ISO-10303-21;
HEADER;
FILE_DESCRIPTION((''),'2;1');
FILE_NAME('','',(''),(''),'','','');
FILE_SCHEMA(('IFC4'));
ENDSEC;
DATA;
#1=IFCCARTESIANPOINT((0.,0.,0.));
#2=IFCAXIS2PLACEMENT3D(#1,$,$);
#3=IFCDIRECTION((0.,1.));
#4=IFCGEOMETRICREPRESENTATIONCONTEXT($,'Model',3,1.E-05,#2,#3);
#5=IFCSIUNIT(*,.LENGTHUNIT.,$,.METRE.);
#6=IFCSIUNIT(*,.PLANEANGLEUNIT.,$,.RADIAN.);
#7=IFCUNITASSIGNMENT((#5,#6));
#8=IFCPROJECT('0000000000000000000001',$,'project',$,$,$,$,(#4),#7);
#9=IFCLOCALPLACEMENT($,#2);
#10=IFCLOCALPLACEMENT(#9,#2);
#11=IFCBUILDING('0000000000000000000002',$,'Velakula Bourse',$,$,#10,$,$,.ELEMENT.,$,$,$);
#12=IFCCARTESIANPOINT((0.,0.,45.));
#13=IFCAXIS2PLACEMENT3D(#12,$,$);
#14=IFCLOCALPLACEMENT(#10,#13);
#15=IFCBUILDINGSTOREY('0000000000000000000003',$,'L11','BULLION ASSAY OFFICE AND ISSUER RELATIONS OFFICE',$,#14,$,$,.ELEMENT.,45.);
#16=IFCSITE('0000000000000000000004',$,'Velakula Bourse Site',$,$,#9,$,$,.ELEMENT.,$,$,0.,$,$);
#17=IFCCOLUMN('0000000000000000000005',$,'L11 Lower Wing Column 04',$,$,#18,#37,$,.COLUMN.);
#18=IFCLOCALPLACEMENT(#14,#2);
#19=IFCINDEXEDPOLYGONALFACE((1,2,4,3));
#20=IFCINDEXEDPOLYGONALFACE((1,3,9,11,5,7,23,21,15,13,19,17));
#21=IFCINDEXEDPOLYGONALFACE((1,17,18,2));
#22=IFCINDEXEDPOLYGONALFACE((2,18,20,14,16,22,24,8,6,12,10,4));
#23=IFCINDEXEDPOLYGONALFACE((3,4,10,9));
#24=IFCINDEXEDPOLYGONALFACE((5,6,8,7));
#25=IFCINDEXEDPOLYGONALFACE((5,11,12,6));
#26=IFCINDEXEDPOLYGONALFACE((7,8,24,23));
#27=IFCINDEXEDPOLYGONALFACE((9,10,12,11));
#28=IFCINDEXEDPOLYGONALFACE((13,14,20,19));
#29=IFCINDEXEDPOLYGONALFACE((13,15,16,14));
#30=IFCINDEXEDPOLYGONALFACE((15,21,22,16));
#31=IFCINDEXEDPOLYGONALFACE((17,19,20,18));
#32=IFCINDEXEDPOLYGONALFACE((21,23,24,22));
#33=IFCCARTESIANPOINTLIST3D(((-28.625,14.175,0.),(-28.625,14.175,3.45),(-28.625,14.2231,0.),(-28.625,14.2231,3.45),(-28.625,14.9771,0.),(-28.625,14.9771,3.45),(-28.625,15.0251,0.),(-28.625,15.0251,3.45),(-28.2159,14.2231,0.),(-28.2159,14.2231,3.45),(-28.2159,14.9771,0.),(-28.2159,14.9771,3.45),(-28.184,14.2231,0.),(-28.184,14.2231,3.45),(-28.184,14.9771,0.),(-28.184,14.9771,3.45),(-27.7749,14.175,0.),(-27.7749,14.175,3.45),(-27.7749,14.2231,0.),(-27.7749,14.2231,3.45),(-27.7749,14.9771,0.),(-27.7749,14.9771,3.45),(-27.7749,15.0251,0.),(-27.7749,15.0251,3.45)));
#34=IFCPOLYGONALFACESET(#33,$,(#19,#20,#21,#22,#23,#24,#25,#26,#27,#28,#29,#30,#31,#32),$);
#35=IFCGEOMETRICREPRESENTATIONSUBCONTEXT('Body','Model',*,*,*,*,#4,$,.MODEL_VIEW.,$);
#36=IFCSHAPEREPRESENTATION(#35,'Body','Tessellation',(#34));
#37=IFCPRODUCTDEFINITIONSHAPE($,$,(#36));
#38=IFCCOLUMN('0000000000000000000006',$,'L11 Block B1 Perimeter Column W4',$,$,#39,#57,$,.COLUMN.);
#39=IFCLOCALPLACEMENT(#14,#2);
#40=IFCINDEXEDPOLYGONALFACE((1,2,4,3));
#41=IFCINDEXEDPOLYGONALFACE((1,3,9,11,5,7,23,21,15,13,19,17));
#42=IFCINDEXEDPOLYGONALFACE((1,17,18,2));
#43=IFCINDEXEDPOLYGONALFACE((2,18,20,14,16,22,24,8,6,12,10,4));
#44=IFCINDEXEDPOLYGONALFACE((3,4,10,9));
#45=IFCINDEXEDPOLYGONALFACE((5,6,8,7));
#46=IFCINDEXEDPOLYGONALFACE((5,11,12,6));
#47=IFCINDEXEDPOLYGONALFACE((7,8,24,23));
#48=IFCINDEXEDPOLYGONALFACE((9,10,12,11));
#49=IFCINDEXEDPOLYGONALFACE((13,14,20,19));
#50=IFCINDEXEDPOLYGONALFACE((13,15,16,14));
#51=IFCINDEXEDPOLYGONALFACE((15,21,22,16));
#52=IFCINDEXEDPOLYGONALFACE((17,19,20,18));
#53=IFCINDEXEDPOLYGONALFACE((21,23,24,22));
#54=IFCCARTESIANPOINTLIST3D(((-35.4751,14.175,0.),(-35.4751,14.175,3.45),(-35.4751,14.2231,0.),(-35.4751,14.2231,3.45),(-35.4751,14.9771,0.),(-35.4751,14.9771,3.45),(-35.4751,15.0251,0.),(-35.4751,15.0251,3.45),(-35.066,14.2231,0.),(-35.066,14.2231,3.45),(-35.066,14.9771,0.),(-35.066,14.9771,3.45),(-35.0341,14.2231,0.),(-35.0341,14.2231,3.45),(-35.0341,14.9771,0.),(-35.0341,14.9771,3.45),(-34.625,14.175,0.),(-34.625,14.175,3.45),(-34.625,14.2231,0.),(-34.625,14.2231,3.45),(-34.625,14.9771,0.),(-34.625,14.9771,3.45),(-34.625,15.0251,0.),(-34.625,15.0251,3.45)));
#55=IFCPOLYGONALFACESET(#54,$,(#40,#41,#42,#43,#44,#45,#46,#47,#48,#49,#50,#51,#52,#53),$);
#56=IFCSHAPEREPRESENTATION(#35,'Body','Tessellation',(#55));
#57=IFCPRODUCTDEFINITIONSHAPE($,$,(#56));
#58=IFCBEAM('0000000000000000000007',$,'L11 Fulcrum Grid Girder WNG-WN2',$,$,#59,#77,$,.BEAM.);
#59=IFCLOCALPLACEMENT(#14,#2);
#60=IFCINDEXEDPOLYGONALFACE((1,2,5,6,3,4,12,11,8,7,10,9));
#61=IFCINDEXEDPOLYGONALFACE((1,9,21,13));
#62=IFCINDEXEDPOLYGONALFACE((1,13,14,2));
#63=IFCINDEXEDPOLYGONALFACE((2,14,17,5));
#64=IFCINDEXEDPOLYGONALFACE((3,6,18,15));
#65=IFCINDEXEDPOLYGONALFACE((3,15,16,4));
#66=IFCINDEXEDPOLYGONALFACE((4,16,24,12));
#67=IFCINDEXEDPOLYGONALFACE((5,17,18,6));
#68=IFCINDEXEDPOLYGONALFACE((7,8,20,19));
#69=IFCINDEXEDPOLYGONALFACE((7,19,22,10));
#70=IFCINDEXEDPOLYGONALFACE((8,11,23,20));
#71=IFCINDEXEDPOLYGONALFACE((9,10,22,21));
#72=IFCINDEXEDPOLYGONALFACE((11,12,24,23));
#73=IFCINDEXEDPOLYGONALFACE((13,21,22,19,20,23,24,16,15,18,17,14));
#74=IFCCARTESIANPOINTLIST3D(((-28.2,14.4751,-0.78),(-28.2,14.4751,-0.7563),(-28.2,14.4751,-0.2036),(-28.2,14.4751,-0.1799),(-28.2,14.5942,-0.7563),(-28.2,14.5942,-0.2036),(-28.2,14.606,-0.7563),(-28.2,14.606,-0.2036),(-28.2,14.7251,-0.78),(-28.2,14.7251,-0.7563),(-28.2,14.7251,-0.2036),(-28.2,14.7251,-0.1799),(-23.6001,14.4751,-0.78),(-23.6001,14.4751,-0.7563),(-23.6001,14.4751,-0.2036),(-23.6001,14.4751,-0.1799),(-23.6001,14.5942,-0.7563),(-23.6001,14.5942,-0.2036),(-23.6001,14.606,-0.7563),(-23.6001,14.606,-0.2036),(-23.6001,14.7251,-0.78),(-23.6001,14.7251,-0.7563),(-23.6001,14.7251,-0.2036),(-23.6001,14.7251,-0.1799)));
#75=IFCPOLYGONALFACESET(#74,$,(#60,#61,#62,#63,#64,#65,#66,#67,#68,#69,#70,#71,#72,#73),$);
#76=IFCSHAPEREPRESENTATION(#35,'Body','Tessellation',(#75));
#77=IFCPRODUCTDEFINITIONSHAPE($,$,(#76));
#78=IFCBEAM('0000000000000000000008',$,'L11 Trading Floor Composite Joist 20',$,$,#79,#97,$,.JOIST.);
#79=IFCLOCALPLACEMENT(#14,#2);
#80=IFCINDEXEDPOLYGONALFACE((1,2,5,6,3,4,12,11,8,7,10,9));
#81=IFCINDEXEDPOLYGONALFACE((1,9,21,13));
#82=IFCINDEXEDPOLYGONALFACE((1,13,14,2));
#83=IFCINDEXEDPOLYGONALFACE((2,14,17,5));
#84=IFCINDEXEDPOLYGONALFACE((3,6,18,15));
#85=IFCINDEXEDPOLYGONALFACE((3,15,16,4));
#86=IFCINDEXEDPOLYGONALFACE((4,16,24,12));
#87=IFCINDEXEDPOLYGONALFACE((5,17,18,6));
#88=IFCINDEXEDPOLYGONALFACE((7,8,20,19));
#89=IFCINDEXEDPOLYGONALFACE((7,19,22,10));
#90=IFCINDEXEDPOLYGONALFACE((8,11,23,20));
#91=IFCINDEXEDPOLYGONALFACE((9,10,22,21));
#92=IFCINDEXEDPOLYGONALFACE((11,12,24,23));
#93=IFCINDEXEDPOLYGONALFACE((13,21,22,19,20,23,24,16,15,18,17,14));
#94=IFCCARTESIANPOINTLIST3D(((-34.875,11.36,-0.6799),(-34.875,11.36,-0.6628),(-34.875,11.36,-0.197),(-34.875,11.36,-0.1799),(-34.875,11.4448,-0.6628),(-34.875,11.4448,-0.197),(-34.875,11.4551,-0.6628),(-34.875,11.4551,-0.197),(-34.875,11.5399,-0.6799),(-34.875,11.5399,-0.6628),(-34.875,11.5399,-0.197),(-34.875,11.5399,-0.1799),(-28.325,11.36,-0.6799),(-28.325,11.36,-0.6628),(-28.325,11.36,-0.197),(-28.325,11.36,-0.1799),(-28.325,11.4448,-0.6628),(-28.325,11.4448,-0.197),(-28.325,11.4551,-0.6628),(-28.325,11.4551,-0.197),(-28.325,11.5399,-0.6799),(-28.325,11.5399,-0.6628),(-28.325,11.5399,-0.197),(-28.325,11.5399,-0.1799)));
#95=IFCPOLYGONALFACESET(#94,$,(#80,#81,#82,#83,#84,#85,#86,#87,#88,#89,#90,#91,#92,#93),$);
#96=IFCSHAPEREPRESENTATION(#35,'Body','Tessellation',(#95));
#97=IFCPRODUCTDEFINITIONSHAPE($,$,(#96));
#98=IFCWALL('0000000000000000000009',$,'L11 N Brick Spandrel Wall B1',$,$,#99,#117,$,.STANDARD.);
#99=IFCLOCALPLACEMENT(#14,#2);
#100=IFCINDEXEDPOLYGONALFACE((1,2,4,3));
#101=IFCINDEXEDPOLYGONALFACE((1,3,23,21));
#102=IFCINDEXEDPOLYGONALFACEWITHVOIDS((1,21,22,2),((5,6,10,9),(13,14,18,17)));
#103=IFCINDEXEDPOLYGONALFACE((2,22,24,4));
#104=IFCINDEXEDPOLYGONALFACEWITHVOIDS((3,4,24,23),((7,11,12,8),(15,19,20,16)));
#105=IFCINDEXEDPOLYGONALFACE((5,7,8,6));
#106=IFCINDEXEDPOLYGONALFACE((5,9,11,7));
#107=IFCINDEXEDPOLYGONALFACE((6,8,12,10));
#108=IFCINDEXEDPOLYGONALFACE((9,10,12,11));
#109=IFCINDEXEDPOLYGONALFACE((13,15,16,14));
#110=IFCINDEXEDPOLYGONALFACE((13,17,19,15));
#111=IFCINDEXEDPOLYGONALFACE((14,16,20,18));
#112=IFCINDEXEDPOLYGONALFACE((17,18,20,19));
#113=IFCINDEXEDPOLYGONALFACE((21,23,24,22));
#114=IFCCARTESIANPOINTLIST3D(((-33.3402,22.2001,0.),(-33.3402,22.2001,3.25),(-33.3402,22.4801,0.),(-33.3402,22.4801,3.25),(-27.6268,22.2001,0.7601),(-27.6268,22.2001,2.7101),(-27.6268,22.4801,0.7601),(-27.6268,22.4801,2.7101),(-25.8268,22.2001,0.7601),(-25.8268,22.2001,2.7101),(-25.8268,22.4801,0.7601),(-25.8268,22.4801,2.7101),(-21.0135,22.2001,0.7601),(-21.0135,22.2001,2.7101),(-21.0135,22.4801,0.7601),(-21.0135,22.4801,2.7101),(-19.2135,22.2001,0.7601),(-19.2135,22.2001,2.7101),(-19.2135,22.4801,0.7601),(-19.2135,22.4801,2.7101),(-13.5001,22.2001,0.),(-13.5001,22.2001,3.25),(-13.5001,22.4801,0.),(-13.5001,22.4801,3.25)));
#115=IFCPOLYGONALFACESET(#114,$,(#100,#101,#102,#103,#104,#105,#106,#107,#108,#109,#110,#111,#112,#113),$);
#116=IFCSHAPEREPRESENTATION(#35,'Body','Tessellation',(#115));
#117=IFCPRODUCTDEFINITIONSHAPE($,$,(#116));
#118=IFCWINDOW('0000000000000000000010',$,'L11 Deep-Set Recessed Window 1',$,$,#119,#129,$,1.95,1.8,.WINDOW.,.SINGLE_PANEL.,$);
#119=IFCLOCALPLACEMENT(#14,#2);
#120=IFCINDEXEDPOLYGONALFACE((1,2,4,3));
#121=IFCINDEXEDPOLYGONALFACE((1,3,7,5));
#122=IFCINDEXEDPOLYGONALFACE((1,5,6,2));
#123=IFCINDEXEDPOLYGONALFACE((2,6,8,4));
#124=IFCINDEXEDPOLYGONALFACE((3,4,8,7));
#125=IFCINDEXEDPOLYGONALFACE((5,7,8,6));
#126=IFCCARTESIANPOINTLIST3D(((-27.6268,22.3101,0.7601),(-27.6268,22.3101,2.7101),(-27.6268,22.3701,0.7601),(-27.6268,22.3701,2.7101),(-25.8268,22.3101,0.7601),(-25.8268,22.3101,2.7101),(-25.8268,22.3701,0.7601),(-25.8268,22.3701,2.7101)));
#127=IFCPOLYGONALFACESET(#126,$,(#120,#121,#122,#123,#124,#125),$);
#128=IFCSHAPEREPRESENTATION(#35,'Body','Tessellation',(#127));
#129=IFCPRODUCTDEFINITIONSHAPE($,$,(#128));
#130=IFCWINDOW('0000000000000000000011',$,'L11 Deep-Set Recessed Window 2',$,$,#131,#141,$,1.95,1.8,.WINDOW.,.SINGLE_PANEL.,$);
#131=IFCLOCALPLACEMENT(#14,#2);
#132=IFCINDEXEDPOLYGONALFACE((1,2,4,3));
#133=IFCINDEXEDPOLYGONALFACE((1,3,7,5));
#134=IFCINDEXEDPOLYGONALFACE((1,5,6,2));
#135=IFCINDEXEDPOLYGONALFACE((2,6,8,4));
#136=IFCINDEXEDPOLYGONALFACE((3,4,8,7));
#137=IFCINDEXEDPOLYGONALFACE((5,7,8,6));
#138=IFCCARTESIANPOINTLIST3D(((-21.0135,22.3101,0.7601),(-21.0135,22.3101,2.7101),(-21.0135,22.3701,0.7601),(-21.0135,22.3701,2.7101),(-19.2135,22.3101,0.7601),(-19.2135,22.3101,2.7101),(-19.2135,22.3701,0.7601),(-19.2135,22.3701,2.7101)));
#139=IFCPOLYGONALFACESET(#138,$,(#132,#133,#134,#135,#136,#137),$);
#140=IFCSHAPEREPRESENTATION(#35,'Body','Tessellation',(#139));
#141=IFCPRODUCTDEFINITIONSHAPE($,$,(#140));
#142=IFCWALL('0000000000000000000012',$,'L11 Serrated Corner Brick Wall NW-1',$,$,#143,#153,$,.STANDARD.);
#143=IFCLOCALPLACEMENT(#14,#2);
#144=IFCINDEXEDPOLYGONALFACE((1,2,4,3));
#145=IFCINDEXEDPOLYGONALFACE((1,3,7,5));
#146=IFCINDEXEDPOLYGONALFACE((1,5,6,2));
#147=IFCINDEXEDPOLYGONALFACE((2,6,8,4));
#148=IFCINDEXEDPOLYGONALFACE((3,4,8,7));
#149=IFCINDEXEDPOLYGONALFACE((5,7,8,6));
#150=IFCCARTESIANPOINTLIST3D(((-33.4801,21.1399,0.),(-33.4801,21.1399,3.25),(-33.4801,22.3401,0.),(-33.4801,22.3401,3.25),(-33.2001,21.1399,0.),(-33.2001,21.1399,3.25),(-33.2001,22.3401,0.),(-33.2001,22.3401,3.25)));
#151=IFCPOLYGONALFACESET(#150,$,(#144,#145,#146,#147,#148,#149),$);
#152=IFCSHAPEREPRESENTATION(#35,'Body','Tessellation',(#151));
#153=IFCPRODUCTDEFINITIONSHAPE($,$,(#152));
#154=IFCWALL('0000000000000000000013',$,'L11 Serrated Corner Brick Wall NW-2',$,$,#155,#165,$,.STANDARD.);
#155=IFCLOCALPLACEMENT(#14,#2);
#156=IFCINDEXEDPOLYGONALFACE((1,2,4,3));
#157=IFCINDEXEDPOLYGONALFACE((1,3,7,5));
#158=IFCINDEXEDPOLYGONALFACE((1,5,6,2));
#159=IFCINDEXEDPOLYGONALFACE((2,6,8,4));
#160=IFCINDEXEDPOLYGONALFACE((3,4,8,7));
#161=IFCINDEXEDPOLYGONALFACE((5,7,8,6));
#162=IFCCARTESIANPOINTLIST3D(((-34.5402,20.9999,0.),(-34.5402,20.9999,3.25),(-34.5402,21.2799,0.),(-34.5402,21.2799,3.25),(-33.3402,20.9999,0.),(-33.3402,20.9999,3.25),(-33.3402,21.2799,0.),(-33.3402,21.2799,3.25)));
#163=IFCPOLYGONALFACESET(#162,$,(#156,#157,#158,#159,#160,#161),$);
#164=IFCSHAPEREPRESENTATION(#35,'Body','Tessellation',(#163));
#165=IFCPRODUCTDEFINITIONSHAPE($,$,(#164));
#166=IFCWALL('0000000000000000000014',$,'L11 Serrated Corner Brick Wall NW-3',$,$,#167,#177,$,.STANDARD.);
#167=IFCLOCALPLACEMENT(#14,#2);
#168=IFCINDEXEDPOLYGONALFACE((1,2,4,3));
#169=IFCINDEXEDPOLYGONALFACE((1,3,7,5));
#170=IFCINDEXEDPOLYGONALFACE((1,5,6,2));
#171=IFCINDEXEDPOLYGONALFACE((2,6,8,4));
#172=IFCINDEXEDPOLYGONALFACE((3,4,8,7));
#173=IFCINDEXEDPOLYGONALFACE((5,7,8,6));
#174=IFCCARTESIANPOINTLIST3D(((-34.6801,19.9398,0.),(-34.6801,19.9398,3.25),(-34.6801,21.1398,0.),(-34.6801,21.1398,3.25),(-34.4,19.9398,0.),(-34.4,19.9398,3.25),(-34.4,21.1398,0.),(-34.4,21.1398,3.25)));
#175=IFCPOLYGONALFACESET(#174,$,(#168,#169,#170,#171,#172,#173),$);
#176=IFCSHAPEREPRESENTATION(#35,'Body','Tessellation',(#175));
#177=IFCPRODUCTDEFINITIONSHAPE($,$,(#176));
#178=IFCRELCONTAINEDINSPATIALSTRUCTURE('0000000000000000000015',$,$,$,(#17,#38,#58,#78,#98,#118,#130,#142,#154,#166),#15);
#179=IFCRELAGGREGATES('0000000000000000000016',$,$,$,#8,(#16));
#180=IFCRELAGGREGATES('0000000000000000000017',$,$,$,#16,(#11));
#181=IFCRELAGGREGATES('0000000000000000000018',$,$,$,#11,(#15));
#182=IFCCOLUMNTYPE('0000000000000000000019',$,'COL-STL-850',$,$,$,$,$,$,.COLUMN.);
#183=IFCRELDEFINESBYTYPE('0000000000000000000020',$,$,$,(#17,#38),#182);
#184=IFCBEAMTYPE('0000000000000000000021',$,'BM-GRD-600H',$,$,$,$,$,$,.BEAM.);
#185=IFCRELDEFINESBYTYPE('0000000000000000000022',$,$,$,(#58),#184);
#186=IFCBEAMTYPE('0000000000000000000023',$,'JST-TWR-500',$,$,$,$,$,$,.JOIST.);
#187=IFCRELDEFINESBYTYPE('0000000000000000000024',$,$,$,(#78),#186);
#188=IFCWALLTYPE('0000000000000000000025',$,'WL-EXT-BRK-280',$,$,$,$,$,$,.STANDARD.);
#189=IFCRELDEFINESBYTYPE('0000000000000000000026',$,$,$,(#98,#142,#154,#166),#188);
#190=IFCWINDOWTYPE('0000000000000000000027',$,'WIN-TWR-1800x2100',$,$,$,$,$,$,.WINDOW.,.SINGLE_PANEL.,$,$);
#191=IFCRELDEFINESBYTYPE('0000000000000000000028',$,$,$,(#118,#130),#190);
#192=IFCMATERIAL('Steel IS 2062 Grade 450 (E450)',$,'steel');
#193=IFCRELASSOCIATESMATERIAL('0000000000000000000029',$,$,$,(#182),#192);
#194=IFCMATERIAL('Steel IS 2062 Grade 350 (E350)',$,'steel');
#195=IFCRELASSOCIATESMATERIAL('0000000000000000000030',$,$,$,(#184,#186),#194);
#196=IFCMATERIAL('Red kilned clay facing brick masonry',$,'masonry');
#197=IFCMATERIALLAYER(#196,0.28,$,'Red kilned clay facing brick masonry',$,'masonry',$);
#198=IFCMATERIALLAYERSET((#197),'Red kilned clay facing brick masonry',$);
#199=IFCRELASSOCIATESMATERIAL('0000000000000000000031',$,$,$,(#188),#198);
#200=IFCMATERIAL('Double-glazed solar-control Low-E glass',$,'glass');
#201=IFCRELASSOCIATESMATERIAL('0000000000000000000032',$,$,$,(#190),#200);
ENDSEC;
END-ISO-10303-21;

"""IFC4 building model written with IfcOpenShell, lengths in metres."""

from ifc_helpers import new_model, si_unit, direction, frame, frame_2d, origin, origin_2d, place, context, subcontext, project, spatial, rectangle, i_section, extrude, material, layer, layer_set, material_profile, profile_set, type_object, element, fill, save


model = new_model("IFC4")

# Units and contexts
model_context = context("Model", 3, precision=1e-05, world=origin(), true_north=direction((0.0, 1.0)))
body_context = subcontext(model_context, "Body", "Model", "MODEL_VIEW")
ifc_project = project(units=[si_unit("LENGTHUNIT", "METRE"), si_unit("PLANEANGLEUNIT", "RADIAN")], contexts=[model_context])

# Site, building, storey
site_placement = place(None, origin())
site = spatial("IfcSite", under=ifc_project, at=site_placement, Name="Velakula Bourse Site", CompositionType="ELEMENT", RefElevation=0.0)
building_placement = place(site_placement, origin())
building = spatial("IfcBuilding", under=site, at=building_placement, Name="Velakula Bourse", CompositionType="ELEMENT")
storey_placement = place(building_placement, frame((0.0, 0.0, 45.0)))
storey = spatial("IfcBuildingStorey", under=building, at=storey_placement, Name="L11", Description="BULLION ASSAY OFFICE AND ISSUER RELATIONS OFFICE", CompositionType="ELEMENT", Elevation=45.0)

# Columns
ifc_material_1 = material(Name="Steel IS 2062 Grade 450 (E450)", Category="steel")
ifc_material_profile_1 = material_profile(ifc_material_1, i_section(OverallWidth=0.8501, OverallDepth=0.8501, WebThickness=0.032, FlangeThickness=0.0481, at=origin_2d()), Name="Steel IS 2062 Grade 450 (E450)")
ifc_profile_set_1 = profile_set([ifc_material_profile_1], Name="Steel IS 2062 Grade 450 (E450)")
column_type = type_object("IfcColumnType", Name="COL-STL-850", PredefinedType="COLUMN", material=ifc_profile_set_1)
for number, where, z_axis, x_axis, name in (
    (1, (-28.2, 14.6001, 0.0), (0.0, 0.0, 1.0), (1.0, 0.0, 0.0), "L11 Lower Wing Column 04"),
    (2, (-35.05, 14.6001, 0.0), (0.0, 0.0, 1.0), (1.0, 0.0, 0.0), "L11 Block B1 Perimeter Column W4"),
):
    element("IfcColumn", number, at=place(storey_placement, frame(where, z_axis=z_axis, x_axis=x_axis)), inside=storey, type_object=column_type, Name=name, PredefinedType="COLUMN", context=body_context, shape_type="SweptSolid", body=[
        extrude(i_section(OverallWidth=0.8501, OverallDepth=0.8501, WebThickness=0.032, FlangeThickness=0.0481, at=origin_2d()), origin(), (0.0, 0.0, 1.0), 3.45),
    ])

# Beams
ifc_material_2 = material(Name="Steel IS 2062 Grade 350 (E350)", Category="steel")
ifc_material_profile_2 = material_profile(ifc_material_2, i_section(OverallWidth=0.25, OverallDepth=0.6001, WebThickness=0.0117, FlangeThickness=0.0237, at=origin_2d()), Name="Steel IS 2062 Grade 350 (E350)")
ifc_profile_set_2 = profile_set([ifc_material_profile_2], Name="Steel IS 2062 Grade 350 (E350)")
beam_type_1 = type_object("IfcBeamType", Name="BM-GRD-600H", PredefinedType="BEAM", material=ifc_profile_set_2)
beam_1_placement = place(storey_placement, frame((-28.2, 14.6001, -0.48), z_axis=(1.0, 0.0, 0.0), x_axis=(0.0, 1.0, 0.0)))
element("IfcBeam", 3, at=beam_1_placement, inside=storey, type_object=beam_type_1, Name="L11 Fulcrum Grid Girder WNG-WN2", PredefinedType="BEAM", context=body_context, shape_type="SweptSolid", body=[
    extrude(i_section(OverallWidth=0.25, OverallDepth=0.6001, WebThickness=0.0117, FlangeThickness=0.0237, at=origin_2d()), origin(), (0.0, 0.0, 1.0), 4.5999),
])
ifc_material_profile_3 = material_profile(ifc_material_2, i_section(OverallWidth=0.1799, OverallDepth=0.5, WebThickness=0.0103, FlangeThickness=0.0171, at=origin_2d()), Name="Steel IS 2062 Grade 350 (E350)")
ifc_profile_set_3 = profile_set([ifc_material_profile_3], Name="Steel IS 2062 Grade 350 (E350)")
beam_type_2 = type_object("IfcBeamType", Name="JST-TWR-500", PredefinedType="JOIST", material=ifc_profile_set_3)
beam_2_placement = place(storey_placement, frame((-34.875, 11.45, -0.4299), z_axis=(1.0, 0.0, 0.0), x_axis=(0.0, 1.0, 0.0)))
element("IfcBeam", 4, at=beam_2_placement, inside=storey, type_object=beam_type_2, Name="L11 Trading Floor Composite Joist 20", PredefinedType="JOIST", context=body_context, shape_type="SweptSolid", body=[
    extrude(i_section(OverallWidth=0.1799, OverallDepth=0.5, WebThickness=0.0103, FlangeThickness=0.0171, at=origin_2d()), origin(), (0.0, 0.0, 1.0), 6.55),
])

# Wall, openings, windows
ifc_material_3 = material(Name="Red kilned clay facing brick masonry", Category="masonry")
ifc_layer_1 = layer(ifc_material_3, 0.28, Name="Red kilned clay facing brick masonry", Category="masonry")
ifc_layer_set_1 = layer_set([ifc_layer_1], Name="Red kilned clay facing brick masonry")
wall_type_1 = type_object("IfcWallType", Name="WL-EXT-BRK-280", PredefinedType="STANDARD", material=ifc_layer_set_1)
wall_1_placement = place(storey_placement, frame((-33.3401, 22.3401, 0.0), z_axis=(0.0, 0.0, 1.0), x_axis=(1.0, 0.0, 0.0)))
wall_1 = element("IfcWall", 5, at=wall_1_placement, inside=storey, type_object=wall_type_1, Name="L11 N Brick Spandrel Wall B1", PredefinedType="STANDARD", context=body_context, shape_type="SweptSolid", body=[
    extrude(rectangle(XDim=19.8401, YDim=0.28, at=frame_2d((9.9199, 0.0))), origin(), (0.0, 0.0, 1.0), 3.25),
])
opening_1_placement = place(wall_1_placement, frame((5.7134, 0.0, 0.76)))
opening_1 = element("IfcOpeningElement", 6, at=opening_1_placement, cuts=wall_1, PredefinedType="OPENING", context=body_context, shape_type="SweptSolid", body=[
    extrude(rectangle(XDim=1.8, YDim=1.95, at=frame_2d((0.8999, 0.9751))), frame((0.0, 0.1499, 0.0), z_axis=(0.0, -1.0, 0.0), x_axis=(1.0, 0.0, 0.0)), (0.0, 0.0, 1.0), 0.3),
])
opening_2_placement = place(wall_1_placement, frame((12.3267, 0.0, 0.76)))
opening_2 = element("IfcOpeningElement", 7, at=opening_2_placement, cuts=wall_1, PredefinedType="OPENING", context=body_context, shape_type="SweptSolid", body=[
    extrude(rectangle(XDim=1.8, YDim=1.95, at=frame_2d((0.8999, 0.9751))), frame((0.0, 0.1499, 0.0), z_axis=(0.0, -1.0, 0.0), x_axis=(1.0, 0.0, 0.0)), (0.0, 0.0, 1.0), 0.3),
])
ifc_material_4 = material(Name="Double-glazed solar-control Low-E glass", Category="glass")
window_type = type_object("IfcWindowType", Name="WIN-TWR-1800x2100", PartitioningType="SINGLE_PANEL", PredefinedType="WINDOW", material=ifc_material_4)
window_1_placement = place(opening_1_placement, origin())
window_1 = element("IfcWindow", 8, at=window_1_placement, inside=storey, type_object=window_type, Name="L11 Deep-Set Recessed Window 1", OverallHeight=1.95, OverallWidth=1.8, PartitioningType="SINGLE_PANEL", PredefinedType="WINDOW", context=body_context, shape_type="SweptSolid", body=[
    extrude(rectangle(XDim=1.8, YDim=1.95, at=frame_2d((0.8999, 0.9751))), frame((0.0, 0.03, 0.0), z_axis=(0.0, -1.0, 0.0), x_axis=(1.0, 0.0, 0.0)), (0.0, 0.0, 1.0), 0.0601),
])
fill(opening_1, window_1)
window_2_placement = place(opening_2_placement, origin())
window_2 = element("IfcWindow", 9, at=window_2_placement, inside=storey, type_object=window_type, Name="L11 Deep-Set Recessed Window 2", OverallHeight=1.95, OverallWidth=1.8, PartitioningType="SINGLE_PANEL", PredefinedType="WINDOW", context=body_context, shape_type="SweptSolid", body=[
    extrude(rectangle(XDim=1.8, YDim=1.95, at=frame_2d((0.8999, 0.9751))), frame((0.0, 0.03, 0.0), z_axis=(0.0, -1.0, 0.0), x_axis=(1.0, 0.0, 0.0)), (0.0, 0.0, 1.0), 0.0601),
])
fill(opening_2, window_2)

# Walls
wall_2_placement = place(storey_placement, frame((-33.3401, 22.3401, 0.0), z_axis=(0.0, 0.0, 1.0), x_axis=(0.0, -1.0, 0.0)))
element("IfcWall", 10, at=wall_2_placement, inside=storey, type_object=wall_type_1, Name="L11 Serrated Corner Brick Wall NW-1", PredefinedType="STANDARD", context=body_context, shape_type="SweptSolid", body=[
    extrude(rectangle(XDim=1.2002, YDim=0.28, at=frame_2d((0.6001, 0.0))), origin(), (0.0, 0.0, 1.0), 3.25),
])
for number, where, z_axis, x_axis, name in (
    (11, (-33.3401, 21.1399, 0.0), (0.0, 0.0, 1.0), (-1.0, 0.0, 0.0), "L11 Serrated Corner Brick Wall NW-2"),
    (12, (-34.54, 21.1399, 0.0), (0.0, 0.0, 1.0), (0.0, -1.0, 0.0), "L11 Serrated Corner Brick Wall NW-3"),
):
    element("IfcWall", number, at=place(storey_placement, frame(where, z_axis=z_axis, x_axis=x_axis)), inside=storey, type_object=wall_type_1, Name=name, PredefinedType="STANDARD", context=body_context, shape_type="SweptSolid", body=[
        extrude(rectangle(XDim=1.2, YDim=0.28, at=frame_2d((0.6001, 0.0))), origin(), (0.0, 0.0, 1.0), 3.25),
    ])

save(model, "model.ifc")
